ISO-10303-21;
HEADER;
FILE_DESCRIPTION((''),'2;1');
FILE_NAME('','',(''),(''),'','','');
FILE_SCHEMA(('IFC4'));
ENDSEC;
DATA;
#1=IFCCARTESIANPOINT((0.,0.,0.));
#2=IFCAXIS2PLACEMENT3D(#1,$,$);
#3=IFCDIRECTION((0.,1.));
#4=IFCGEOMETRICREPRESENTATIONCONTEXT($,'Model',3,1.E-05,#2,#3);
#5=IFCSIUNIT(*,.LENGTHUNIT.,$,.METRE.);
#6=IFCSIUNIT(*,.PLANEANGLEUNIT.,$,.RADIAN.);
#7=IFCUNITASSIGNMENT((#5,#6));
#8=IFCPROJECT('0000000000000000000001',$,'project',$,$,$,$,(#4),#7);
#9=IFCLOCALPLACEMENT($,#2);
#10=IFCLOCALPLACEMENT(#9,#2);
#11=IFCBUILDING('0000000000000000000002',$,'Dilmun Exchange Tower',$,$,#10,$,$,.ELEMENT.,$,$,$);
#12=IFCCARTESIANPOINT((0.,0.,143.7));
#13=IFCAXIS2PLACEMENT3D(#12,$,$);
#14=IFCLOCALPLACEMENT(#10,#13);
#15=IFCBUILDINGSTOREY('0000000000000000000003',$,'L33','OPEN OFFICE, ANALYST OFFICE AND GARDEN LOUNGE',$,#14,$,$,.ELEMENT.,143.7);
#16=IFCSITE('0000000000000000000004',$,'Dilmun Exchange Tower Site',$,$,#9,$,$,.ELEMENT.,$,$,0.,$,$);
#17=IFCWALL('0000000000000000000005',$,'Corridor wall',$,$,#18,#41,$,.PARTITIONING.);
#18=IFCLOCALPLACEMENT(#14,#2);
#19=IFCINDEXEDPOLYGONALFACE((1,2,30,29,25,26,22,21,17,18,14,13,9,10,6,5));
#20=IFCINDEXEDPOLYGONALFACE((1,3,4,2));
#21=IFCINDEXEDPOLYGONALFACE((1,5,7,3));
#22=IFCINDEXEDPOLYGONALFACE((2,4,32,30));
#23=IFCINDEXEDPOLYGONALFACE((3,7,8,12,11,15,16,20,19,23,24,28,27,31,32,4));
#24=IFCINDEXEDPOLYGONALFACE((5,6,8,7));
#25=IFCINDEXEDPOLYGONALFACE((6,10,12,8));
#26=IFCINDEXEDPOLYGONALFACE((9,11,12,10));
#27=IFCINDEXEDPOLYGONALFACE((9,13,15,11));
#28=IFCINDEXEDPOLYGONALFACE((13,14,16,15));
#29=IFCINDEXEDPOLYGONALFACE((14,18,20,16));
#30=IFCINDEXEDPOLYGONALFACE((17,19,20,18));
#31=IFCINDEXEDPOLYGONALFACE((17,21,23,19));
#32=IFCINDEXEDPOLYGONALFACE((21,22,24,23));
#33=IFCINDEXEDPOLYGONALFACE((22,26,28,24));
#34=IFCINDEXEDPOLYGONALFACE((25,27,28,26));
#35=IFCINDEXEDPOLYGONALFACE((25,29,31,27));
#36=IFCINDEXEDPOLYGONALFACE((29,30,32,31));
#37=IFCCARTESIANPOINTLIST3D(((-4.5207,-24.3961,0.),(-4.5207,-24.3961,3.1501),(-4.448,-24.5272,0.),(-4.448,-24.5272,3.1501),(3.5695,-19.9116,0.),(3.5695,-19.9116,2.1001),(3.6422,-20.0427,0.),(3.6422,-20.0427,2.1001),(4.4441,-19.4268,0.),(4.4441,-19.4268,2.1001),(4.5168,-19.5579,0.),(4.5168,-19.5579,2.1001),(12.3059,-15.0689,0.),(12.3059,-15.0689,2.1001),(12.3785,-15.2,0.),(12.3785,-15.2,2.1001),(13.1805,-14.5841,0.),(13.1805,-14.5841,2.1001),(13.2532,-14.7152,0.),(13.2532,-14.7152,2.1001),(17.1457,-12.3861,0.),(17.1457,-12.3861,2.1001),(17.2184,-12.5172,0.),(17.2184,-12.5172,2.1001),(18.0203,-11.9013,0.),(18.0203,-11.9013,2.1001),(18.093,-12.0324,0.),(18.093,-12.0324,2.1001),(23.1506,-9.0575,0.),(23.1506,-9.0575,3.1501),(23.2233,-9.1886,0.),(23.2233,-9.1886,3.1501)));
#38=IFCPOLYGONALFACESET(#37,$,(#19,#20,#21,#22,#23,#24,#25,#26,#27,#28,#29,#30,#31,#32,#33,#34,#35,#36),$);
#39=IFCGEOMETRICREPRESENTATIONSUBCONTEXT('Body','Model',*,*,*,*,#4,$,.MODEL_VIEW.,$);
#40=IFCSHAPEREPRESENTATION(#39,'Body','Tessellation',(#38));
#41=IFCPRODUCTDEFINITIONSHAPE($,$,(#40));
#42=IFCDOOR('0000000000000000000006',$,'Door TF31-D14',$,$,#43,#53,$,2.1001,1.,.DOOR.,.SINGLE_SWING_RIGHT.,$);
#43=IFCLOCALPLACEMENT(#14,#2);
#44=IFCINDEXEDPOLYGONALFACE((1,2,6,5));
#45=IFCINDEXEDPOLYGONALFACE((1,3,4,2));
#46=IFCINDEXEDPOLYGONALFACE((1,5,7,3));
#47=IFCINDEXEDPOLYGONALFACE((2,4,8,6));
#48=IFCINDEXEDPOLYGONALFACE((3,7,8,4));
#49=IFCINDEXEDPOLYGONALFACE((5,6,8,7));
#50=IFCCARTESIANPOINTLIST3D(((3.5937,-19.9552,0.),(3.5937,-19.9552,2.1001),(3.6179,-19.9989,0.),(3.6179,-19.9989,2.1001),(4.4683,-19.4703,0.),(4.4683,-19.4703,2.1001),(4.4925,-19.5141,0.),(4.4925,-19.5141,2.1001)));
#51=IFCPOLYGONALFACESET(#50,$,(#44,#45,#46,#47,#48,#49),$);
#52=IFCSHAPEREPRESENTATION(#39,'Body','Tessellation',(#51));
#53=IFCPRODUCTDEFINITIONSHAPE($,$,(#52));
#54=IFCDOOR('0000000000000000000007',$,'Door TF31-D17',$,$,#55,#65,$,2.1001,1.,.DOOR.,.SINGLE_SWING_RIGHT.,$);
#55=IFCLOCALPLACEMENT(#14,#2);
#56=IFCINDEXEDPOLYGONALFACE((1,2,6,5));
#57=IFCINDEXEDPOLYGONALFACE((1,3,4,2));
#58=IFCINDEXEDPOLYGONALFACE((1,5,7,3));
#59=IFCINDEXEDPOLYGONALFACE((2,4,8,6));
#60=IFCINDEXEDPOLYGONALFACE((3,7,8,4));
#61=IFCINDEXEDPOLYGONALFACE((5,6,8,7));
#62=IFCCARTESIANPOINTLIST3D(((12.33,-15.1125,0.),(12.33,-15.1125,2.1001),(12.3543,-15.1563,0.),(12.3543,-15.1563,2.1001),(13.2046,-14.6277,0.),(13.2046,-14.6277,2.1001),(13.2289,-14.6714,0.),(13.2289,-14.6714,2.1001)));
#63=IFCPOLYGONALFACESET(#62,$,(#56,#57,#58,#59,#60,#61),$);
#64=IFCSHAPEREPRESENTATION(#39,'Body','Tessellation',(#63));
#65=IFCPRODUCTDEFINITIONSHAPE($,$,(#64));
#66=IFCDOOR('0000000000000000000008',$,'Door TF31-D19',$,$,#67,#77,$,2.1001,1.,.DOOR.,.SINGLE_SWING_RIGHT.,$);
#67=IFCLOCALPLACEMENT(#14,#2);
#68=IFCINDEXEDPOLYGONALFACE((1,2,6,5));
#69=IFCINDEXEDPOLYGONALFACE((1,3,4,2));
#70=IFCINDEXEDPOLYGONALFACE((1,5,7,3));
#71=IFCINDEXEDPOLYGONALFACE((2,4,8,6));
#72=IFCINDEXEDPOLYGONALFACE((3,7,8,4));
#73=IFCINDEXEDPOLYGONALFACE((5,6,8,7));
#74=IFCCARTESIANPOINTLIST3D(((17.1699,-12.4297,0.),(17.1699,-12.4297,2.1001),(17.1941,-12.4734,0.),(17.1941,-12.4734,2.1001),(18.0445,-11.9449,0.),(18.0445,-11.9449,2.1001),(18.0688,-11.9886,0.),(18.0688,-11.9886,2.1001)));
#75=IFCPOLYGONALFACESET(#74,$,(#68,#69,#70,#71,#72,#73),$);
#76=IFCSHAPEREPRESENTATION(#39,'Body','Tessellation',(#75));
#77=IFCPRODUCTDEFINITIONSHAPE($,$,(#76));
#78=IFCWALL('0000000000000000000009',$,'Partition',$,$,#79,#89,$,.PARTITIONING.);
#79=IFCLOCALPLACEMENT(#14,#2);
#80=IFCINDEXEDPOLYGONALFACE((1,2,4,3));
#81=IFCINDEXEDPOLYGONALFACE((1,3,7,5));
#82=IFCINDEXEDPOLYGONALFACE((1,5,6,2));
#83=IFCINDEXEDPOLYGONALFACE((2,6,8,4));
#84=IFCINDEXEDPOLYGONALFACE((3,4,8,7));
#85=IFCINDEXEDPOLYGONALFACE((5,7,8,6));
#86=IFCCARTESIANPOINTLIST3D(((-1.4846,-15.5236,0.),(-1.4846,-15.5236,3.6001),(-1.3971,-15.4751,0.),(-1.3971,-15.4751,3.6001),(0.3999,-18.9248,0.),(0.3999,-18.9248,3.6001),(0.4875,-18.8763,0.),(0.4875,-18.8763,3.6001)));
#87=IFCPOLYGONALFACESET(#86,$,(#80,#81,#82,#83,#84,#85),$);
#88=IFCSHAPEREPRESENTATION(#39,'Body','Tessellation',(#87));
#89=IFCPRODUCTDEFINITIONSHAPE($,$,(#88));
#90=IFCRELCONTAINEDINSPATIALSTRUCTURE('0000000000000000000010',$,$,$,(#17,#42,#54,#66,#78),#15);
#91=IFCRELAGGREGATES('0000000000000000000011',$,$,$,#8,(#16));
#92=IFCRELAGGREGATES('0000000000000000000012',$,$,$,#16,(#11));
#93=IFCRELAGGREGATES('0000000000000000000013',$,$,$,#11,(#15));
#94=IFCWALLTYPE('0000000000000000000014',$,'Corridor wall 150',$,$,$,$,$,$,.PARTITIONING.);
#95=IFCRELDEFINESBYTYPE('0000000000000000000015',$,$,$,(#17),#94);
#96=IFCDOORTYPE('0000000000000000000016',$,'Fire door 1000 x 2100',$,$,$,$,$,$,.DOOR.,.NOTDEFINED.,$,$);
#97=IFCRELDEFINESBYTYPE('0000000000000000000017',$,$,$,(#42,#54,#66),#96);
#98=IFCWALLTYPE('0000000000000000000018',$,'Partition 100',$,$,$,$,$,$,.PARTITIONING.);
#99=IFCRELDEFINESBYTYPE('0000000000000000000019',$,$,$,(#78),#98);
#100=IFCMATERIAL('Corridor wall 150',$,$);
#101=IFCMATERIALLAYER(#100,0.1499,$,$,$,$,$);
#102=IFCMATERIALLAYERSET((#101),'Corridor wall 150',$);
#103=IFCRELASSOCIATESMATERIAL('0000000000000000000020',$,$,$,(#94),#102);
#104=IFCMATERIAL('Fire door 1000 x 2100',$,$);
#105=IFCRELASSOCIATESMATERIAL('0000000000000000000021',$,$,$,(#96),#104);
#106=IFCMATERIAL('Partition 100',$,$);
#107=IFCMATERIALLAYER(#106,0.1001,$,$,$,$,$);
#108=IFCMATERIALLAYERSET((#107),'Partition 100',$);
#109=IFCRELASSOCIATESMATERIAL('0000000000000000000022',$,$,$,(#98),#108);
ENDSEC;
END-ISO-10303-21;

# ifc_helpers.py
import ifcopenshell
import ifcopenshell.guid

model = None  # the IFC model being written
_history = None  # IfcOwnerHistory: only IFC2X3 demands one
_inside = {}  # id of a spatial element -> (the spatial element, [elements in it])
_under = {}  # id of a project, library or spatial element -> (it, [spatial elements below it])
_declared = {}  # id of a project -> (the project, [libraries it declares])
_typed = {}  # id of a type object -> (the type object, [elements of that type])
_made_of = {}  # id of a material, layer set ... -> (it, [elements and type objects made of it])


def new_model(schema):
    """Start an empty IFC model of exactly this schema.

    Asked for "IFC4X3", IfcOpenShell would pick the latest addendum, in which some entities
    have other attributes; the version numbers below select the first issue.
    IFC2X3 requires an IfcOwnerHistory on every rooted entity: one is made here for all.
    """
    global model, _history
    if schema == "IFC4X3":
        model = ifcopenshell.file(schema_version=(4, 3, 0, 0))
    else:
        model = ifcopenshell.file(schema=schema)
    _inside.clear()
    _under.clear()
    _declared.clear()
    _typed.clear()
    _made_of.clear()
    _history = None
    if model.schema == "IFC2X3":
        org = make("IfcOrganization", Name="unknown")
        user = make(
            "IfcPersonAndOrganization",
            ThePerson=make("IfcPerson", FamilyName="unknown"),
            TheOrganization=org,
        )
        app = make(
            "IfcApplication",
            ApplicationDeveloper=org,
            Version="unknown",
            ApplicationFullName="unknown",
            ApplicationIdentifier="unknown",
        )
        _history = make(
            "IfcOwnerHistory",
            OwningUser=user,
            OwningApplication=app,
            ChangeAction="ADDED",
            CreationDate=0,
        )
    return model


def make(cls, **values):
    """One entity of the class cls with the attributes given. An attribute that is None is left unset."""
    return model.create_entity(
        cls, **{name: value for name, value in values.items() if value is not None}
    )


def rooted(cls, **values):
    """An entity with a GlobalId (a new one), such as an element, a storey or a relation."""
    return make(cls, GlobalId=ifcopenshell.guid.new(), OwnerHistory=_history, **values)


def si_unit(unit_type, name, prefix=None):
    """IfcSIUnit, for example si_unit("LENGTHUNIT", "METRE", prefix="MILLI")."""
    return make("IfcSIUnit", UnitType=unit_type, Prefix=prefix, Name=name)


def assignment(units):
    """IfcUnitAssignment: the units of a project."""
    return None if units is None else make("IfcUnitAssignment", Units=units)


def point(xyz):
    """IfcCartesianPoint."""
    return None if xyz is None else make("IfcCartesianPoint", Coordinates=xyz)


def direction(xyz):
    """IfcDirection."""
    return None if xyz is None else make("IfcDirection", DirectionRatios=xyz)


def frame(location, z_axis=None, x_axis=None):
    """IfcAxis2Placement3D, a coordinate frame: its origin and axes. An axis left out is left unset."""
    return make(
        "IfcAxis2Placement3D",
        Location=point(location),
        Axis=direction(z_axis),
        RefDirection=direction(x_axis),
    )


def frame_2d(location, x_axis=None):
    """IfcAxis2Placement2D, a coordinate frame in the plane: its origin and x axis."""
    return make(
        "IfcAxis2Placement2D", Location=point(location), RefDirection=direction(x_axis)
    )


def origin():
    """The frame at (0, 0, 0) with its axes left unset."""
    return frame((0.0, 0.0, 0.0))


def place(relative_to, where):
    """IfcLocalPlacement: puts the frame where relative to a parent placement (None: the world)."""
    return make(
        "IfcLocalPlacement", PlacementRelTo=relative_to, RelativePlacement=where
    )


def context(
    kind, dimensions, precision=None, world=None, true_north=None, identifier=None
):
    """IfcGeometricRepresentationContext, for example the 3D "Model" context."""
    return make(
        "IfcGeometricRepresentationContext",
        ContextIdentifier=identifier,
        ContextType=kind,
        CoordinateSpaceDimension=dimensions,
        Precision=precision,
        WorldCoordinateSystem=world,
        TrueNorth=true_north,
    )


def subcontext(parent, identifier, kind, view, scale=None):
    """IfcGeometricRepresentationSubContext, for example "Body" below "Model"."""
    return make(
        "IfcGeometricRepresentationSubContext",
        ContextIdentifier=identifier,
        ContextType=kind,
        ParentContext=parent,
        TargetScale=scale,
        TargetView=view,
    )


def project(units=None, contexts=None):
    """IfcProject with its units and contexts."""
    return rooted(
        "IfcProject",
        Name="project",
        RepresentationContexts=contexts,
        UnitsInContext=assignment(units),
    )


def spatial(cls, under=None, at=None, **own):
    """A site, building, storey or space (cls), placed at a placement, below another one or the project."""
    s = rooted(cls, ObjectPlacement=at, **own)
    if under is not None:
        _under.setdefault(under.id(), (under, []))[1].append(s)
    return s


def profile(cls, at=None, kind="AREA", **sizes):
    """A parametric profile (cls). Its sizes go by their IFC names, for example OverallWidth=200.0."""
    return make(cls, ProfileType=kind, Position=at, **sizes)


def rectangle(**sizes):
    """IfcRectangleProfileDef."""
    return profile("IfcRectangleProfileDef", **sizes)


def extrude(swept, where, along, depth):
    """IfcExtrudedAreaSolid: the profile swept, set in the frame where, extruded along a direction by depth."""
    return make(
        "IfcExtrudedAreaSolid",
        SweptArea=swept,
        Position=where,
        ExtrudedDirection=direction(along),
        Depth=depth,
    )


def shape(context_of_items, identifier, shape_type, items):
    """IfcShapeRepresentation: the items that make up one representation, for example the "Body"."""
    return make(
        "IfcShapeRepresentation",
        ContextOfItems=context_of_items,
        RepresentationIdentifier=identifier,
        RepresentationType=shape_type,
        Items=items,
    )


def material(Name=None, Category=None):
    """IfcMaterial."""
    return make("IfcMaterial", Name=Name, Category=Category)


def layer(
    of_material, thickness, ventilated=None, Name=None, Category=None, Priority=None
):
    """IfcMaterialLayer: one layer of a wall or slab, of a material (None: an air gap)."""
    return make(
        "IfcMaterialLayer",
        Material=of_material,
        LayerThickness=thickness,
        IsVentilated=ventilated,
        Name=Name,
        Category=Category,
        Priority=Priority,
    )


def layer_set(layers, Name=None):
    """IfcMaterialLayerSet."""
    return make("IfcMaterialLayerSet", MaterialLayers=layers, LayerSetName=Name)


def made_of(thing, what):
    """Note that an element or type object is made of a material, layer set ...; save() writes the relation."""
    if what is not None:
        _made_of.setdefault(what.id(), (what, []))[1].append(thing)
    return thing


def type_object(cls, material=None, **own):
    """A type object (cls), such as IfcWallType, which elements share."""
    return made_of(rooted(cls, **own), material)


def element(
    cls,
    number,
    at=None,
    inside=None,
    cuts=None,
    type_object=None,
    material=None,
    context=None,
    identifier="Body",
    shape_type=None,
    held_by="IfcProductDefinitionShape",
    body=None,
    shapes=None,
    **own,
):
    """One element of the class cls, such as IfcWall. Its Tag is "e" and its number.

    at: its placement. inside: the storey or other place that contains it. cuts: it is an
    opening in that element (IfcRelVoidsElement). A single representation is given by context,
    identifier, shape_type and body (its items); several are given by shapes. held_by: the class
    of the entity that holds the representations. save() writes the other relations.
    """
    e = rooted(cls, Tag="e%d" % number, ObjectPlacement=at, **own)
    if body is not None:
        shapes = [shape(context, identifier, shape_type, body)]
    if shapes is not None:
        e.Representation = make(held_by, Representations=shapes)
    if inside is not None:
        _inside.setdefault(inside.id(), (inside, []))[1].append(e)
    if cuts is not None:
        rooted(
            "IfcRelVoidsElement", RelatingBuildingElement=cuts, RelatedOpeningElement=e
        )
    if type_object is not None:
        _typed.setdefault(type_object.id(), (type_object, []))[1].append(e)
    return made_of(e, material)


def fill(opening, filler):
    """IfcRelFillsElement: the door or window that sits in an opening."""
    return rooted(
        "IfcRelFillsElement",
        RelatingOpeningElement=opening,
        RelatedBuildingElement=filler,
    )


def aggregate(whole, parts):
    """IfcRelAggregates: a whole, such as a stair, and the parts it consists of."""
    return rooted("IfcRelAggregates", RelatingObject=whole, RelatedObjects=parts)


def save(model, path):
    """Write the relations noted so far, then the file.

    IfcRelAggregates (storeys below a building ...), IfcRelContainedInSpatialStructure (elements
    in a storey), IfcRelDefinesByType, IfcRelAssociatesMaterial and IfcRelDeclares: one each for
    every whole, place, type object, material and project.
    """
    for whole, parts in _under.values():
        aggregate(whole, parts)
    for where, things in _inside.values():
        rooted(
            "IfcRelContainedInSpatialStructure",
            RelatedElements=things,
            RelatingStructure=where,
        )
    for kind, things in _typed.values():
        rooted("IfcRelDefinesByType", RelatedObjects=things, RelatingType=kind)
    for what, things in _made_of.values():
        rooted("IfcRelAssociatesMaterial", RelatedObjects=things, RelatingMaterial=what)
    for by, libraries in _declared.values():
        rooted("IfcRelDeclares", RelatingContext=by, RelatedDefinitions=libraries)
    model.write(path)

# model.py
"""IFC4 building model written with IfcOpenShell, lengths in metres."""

from ifc_helpers import new_model, si_unit, direction, frame, frame_2d, origin, place, context, subcontext, project, spatial, rectangle, extrude, material, layer, layer_set, type_object, element, fill, save


model = new_model("IFC4")

# Units and contexts
model_context = context("Model", 3, precision=1e-05, world=origin(), true_north=direction((0.0, 1.0)))
body_context = subcontext(model_context, "Body", "Model", "MODEL_VIEW")
ifc_project = project(units=[si_unit("LENGTHUNIT", "METRE"), si_unit("PLANEANGLEUNIT", "RADIAN")], contexts=[model_context])

# Site, building, storey
site_placement = place(None, origin())
site = spatial("IfcSite", under=ifc_project, at=site_placement, Name="Dilmun Exchange Tower Site", CompositionType="ELEMENT", RefElevation=0.0)
building_placement = place(site_placement, origin())
building = spatial("IfcBuilding", under=site, at=building_placement, Name="Dilmun Exchange Tower", CompositionType="ELEMENT")
storey_placement = place(building_placement, frame((0.0, 0.0, 143.7)))
storey = spatial("IfcBuildingStorey", under=building, at=storey_placement, Name="L33", Description="OPEN OFFICE, ANALYST OFFICE AND GARDEN LOUNGE", CompositionType="ELEMENT", Elevation=143.7)

# Shared definitions
ifc_material_1 = material(Name="Corridor wall 150")
ifc_layer_1 = layer(ifc_material_1, 0.1499)
ifc_layer_set_1 = layer_set([ifc_layer_1], Name="Corridor wall 150")
wall_type_1 = type_object("IfcWallType", Name="Corridor wall 150", PredefinedType="PARTITIONING", material=ifc_layer_set_1)
ifc_material_2 = material(Name="Fire door 1000 x 2100")
door_type_1 = type_object("IfcDoorType", Name="Fire door 1000 x 2100", OperationType="NOTDEFINED", PredefinedType="DOOR", material=ifc_material_2)

# Wall, openings, doors
wall_1_placement = place(storey_placement, frame((-4.4844, -24.4617, 0.0), z_axis=(0.0, 0.0, 1.0), x_axis=(0.874618, 0.484813, 0.0)))
wall_1 = element("IfcWall", 1, at=wall_1_placement, inside=storey, type_object=wall_type_1, Name="Corridor wall", PredefinedType="PARTITIONING", context=body_context, shape_type="SweptSolid", body=[
    extrude(rectangle(XDim=31.6382, YDim=0.1499, at=frame_2d((15.8191, 0.0))), origin(), (0.0, 0.0, 1.0), 3.1501),
])
opening_1_placement = place(wall_1_placement, frame((9.25, 0.0, 0.0)))
opening_1 = element("IfcOpeningElement", 2, at=opening_1_placement, cuts=wall_1, PredefinedType="OPENING", context=body_context, shape_type="SweptSolid", body=[
    extrude(rectangle(XDim=1.0, YDim=2.1001, at=frame_2d((0.5, 1.05))), frame((0.0, 0.085, 0.0), z_axis=(0.0, -1.0, 0.0), x_axis=(1.0, 0.0, 0.0)), (0.0, 0.0, 1.0), 0.1699),
])
opening_2_placement = place(wall_1_placement, frame((19.2388, 0.0, 0.0)))
opening_2 = element("IfcOpeningElement", 3, at=opening_2_placement, cuts=wall_1, PredefinedType="OPENING", context=body_context, shape_type="SweptSolid", body=[
    extrude(rectangle(XDim=1.0, YDim=2.1001, at=frame_2d((0.5, 1.05))), frame((0.0, 0.085, 0.0), z_axis=(0.0, -1.0, 0.0), x_axis=(1.0, 0.0, 0.0)), (0.0, 0.0, 1.0), 0.1699),
])
opening_3_placement = place(wall_1_placement, frame((24.7725, 0.0, 0.0)))
opening_3 = element("IfcOpeningElement", 4, at=opening_3_placement, cuts=wall_1, PredefinedType="OPENING", context=body_context, shape_type="SweptSolid", body=[
    extrude(rectangle(XDim=1.0, YDim=2.1001, at=frame_2d((0.5, 1.05))), frame((0.0, 0.085, 0.0), z_axis=(0.0, -1.0, 0.0), x_axis=(1.0, 0.0, 0.0)), (0.0, 0.0, 1.0), 0.1699),
])
door_1_placement = place(opening_1_placement, frame((1.0, 0.0, 0.0), z_axis=(0.0, 0.0, 1.0), x_axis=(-1.0, 0.0, 0.0)))
door_1 = element("IfcDoor", 5, at=door_1_placement, inside=storey, type_object=door_type_1, Name="Door TF31-D14", OperationType="SINGLE_SWING_RIGHT", OverallHeight=2.1001, OverallWidth=1.0, PredefinedType="DOOR", context=body_context, shape_type="SweptSolid", body=[
    extrude(rectangle(XDim=1.0, YDim=2.1001, at=frame_2d((0.5, 1.05))), frame((0.0, 0.0249, 0.0), z_axis=(0.0, -1.0, 0.0), x_axis=(1.0, 0.0, 0.0)), (0.0, 0.0, 1.0), 0.05),
])
fill(opening_1, door_1)
door_2_placement = place(opening_2_placement, frame((1.0, 0.0, 0.0), z_axis=(0.0, 0.0, 1.0), x_axis=(-1.0, 0.0, 0.0)))
door_2 = element("IfcDoor", 6, at=door_2_placement, inside=storey, type_object=door_type_1, Name="Door TF31-D17", OperationType="SINGLE_SWING_RIGHT", OverallHeight=2.1001, OverallWidth=1.0, PredefinedType="DOOR", context=body_context, shape_type="SweptSolid", body=[
    extrude(rectangle(XDim=1.0, YDim=2.1001, at=frame_2d((0.5, 1.05))), frame((0.0, 0.0249, 0.0), z_axis=(0.0, -1.0, 0.0), x_axis=(1.0, 0.0, 0.0)), (0.0, 0.0, 1.0), 0.05),
])
fill(opening_2, door_2)
door_3_placement = place(opening_3_placement, frame((1.0, 0.0, 0.0), z_axis=(0.0, 0.0, 1.0), x_axis=(-1.0, 0.0, 0.0)))
door_3 = element("IfcDoor", 7, at=door_3_placement, inside=storey, type_object=door_type_1, Name="Door TF31-D19", OperationType="SINGLE_SWING_RIGHT", OverallHeight=2.1001, OverallWidth=1.0, PredefinedType="DOOR", context=body_context, shape_type="SweptSolid", body=[
    extrude(rectangle(XDim=1.0, YDim=2.1001, at=frame_2d((0.5, 1.05))), frame((0.0, 0.0249, 0.0), z_axis=(0.0, -1.0, 0.0), x_axis=(1.0, 0.0, 0.0)), (0.0, 0.0, 1.0), 0.05),
])
fill(opening_3, door_3)

# Wall
ifc_material_3 = material(Name="Partition 100")
ifc_layer_2 = layer(ifc_material_3, 0.1001)
ifc_layer_set_2 = layer_set([ifc_layer_2], Name="Partition 100")
wall_type_2 = type_object("IfcWallType", Name="Partition 100", PredefinedType="PARTITIONING", material=ifc_layer_set_2)
wall_2_placement = place(storey_placement, frame((-1.4409, -15.4993, 0.0), z_axis=(0.0, 0.0, 1.0), x_axis=(0.484662, -0.874702, 0.0)))
element("IfcWall", 8, at=wall_2_placement, inside=storey, type_object=wall_type_2, Name="Partition", PredefinedType="PARTITIONING", context=body_context, shape_type="SweptSolid", body=[
    extrude(rectangle(XDim=3.8884, YDim=0.1001, at=frame_2d((1.9443, 0.0))), origin(), (0.0, 0.0, 1.0), 3.6001),
])

save(model, "model.ifc")
